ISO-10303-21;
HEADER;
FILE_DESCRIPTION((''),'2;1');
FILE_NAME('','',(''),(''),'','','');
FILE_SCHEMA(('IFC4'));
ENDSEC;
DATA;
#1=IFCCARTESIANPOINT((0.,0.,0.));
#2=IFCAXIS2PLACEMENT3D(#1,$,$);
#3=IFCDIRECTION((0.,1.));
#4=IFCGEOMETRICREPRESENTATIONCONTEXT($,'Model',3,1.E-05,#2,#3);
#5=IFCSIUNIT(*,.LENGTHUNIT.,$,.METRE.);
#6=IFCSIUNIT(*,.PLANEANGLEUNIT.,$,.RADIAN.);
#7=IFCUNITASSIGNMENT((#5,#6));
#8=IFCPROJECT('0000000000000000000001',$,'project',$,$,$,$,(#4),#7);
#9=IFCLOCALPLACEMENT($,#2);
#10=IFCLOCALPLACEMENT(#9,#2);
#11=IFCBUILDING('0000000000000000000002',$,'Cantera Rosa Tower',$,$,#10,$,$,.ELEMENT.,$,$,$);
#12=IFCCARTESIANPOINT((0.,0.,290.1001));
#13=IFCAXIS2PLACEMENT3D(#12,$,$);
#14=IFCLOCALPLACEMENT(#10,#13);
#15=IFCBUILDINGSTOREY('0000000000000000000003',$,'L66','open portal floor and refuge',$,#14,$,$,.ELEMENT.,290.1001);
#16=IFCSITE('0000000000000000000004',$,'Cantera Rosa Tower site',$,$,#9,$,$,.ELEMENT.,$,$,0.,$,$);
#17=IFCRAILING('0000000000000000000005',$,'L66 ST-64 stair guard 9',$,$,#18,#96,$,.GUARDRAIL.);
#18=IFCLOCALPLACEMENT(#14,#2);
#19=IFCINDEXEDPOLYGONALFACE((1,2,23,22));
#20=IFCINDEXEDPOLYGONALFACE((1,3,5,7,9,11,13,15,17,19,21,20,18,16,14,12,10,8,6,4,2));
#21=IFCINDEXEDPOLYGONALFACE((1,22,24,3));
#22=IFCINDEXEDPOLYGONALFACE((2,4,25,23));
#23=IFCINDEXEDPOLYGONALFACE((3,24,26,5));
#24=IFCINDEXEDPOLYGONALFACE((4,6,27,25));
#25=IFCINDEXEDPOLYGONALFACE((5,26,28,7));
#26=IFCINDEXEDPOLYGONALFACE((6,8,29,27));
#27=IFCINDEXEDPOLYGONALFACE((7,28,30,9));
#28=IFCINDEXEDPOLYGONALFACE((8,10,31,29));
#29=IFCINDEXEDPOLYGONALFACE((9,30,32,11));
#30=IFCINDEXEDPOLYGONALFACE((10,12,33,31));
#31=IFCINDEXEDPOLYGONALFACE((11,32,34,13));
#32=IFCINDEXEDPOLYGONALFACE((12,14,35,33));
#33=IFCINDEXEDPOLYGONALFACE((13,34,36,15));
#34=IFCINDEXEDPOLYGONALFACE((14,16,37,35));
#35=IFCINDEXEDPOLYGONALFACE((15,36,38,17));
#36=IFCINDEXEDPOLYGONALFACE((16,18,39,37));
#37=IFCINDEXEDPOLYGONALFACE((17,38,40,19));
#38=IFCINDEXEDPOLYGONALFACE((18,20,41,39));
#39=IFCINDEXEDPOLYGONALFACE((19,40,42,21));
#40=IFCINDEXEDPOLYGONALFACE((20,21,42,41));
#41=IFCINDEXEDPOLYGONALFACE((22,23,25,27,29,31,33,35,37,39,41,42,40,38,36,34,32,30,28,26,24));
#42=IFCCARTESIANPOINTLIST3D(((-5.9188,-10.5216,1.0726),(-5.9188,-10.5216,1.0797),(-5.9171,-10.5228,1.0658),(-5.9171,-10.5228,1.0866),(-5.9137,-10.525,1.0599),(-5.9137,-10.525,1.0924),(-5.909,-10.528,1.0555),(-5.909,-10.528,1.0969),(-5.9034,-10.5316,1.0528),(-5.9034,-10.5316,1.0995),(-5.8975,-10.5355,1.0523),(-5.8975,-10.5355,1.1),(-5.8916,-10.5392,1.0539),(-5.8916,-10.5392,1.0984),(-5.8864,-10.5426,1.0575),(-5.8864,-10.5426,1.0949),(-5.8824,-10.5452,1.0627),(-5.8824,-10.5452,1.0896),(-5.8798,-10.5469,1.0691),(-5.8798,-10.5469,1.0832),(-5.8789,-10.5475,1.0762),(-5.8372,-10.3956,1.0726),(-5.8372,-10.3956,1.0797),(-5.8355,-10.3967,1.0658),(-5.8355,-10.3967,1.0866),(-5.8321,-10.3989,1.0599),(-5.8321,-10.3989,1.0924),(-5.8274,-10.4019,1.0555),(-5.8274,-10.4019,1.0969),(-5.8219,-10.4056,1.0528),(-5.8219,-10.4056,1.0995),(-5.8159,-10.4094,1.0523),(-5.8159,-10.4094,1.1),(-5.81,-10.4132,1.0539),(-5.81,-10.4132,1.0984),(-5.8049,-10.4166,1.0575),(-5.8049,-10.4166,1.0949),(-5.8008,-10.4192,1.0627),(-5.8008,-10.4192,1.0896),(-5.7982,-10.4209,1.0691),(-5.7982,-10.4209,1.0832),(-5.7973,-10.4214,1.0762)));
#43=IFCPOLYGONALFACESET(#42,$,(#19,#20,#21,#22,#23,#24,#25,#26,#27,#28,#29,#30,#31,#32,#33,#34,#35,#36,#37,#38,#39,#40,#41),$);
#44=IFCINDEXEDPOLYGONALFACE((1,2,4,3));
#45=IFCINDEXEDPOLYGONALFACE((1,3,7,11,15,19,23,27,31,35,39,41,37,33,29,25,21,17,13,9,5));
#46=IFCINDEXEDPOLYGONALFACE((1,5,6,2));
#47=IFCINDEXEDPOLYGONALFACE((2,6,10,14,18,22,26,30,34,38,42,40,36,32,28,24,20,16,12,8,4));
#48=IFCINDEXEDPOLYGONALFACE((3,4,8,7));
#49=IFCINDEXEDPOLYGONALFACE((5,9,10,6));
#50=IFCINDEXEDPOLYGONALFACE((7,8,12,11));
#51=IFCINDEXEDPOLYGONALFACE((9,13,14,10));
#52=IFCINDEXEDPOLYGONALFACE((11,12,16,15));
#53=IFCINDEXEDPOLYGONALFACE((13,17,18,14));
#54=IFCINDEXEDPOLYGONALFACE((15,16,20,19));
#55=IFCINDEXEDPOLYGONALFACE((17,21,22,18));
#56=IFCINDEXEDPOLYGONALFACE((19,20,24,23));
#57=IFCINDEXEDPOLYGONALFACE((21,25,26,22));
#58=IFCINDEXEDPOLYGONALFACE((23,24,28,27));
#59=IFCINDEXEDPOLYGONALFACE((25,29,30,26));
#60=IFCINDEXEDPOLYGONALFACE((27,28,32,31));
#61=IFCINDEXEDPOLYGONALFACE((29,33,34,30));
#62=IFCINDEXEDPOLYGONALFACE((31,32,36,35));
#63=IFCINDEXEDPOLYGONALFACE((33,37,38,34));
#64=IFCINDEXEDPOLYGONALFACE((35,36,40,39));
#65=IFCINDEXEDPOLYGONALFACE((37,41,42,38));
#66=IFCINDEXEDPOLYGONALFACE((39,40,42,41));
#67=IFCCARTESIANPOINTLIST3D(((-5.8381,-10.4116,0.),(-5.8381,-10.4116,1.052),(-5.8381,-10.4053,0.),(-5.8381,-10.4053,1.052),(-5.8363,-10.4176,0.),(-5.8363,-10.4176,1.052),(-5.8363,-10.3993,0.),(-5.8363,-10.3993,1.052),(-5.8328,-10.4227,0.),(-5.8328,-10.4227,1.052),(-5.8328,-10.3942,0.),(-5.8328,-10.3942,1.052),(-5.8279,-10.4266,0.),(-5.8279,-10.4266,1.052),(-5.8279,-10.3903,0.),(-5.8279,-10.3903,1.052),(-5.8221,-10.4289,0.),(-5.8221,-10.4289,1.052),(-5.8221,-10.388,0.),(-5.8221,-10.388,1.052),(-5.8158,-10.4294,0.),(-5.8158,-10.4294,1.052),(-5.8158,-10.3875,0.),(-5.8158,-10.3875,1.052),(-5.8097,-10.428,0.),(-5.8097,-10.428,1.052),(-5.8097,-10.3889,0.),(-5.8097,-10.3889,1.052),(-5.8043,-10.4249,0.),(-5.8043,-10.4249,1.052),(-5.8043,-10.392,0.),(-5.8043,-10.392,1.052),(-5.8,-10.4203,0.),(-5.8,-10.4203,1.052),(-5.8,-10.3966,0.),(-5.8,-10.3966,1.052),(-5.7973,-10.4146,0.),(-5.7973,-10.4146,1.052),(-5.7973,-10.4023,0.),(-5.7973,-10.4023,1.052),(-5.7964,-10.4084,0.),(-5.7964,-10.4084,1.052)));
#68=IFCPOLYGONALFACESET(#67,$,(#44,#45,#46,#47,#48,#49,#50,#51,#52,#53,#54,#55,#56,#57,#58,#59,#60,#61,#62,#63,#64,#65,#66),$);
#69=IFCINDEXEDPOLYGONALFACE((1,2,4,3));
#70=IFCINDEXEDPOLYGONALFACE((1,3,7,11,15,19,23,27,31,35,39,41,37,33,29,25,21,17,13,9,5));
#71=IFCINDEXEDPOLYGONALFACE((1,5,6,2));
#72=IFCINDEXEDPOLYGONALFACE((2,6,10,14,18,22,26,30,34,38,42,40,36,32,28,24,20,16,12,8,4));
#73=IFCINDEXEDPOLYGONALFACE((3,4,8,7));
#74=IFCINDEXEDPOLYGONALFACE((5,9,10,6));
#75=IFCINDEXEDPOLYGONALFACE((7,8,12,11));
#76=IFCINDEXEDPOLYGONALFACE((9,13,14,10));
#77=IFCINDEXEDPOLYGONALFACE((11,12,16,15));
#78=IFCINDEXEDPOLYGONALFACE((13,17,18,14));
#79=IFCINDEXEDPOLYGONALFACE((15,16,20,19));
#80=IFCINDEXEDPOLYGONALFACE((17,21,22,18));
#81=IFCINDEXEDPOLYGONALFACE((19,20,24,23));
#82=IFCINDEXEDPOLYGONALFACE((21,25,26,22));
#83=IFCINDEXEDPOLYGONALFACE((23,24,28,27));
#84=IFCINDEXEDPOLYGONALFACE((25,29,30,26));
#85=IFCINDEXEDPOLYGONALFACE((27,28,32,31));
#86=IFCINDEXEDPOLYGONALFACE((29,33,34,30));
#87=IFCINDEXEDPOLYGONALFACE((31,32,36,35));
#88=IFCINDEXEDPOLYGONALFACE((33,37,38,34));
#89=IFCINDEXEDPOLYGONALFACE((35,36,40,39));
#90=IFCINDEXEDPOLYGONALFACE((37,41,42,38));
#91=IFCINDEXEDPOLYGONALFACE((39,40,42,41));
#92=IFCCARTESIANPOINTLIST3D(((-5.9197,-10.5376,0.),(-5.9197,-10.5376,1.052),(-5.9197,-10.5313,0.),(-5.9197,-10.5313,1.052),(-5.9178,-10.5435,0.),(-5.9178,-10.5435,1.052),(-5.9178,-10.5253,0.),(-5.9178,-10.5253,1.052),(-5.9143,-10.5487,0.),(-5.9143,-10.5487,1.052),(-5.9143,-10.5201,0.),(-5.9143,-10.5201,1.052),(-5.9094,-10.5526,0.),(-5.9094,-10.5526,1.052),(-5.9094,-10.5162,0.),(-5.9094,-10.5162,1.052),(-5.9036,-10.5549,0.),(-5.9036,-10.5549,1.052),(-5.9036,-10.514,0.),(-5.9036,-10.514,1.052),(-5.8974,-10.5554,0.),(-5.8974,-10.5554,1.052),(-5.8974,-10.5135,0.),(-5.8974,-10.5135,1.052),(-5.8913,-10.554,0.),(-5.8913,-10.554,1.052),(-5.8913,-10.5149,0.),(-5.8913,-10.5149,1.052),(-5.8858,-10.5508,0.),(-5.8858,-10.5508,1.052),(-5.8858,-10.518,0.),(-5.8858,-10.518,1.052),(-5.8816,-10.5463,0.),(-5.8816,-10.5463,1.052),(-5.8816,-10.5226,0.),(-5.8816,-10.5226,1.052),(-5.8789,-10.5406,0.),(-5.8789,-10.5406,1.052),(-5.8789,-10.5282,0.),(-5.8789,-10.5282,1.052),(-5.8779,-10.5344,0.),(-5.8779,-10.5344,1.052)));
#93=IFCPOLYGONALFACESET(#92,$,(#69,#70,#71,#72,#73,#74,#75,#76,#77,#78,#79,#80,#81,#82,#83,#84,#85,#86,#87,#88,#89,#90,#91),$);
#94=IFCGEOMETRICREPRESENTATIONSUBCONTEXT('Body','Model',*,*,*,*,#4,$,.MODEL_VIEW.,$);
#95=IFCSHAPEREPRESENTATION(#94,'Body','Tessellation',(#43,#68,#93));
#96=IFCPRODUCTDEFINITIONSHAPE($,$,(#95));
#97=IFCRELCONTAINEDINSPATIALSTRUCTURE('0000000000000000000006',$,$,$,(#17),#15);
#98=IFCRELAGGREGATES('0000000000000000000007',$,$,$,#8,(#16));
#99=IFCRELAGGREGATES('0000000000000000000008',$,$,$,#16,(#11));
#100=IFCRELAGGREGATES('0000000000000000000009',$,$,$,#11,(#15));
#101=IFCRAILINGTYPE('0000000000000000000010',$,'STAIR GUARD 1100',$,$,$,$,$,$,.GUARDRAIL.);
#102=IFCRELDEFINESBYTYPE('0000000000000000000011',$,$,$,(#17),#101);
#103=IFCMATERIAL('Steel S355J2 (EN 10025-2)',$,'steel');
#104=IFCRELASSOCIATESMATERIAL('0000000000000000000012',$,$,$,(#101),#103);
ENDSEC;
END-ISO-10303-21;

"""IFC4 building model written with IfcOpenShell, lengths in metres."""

from ifc_helpers import new_model, si_unit, direction, frame, origin, origin_2d, place, context, subcontext, project, spatial, circle, extrude, material, type_object, element, save


model = new_model("IFC4")

# Units and contexts
model_context = context("Model", 3, precision=1e-05, world=origin(), true_north=direction((0.0, 1.0)))
body_context = subcontext(model_context, "Body", "Model", "MODEL_VIEW")
ifc_project = project(units=[si_unit("LENGTHUNIT", "METRE"), si_unit("PLANEANGLEUNIT", "RADIAN")], contexts=[model_context])

# Site, building, storey
site_placement = place(None, origin())
site = spatial("IfcSite", under=ifc_project, at=site_placement, Name="Cantera Rosa Tower site", CompositionType="ELEMENT", RefElevation=0.0)
building_placement = place(site_placement, origin())
building = spatial("IfcBuilding", under=site, at=building_placement, Name="Cantera Rosa Tower", CompositionType="ELEMENT")
storey_placement = place(building_placement, frame((0.0, 0.0, 290.1001)))
storey = spatial("IfcBuildingStorey", under=building, at=storey_placement, Name="L66", Description="open portal floor and refuge", CompositionType="ELEMENT", Elevation=290.1001)

# Railing
ifc_material_1 = material(Name="Steel S355J2 (EN 10025-2)", Category="steel")
railing_type_1 = type_object("IfcRailingType", Name="STAIR GUARD 1100", PredefinedType="GUARDRAIL", material=ifc_material_1)
railing_1_placement = place(storey_placement, frame((-5.8174, -10.4084, 0.0)))
element("IfcRailing", 1, at=railing_1_placement, inside=storey, type_object=railing_type_1, Name="L66 ST-64 stair guard 9", PredefinedType="GUARDRAIL", context=body_context, shape_type="SweptSolid", body=[
    extrude(circle(Radius=0.0239, at=origin_2d()), frame((0.0, 0.0, 1.0762), z_axis=(-0.543386, -0.839483, 0.0), x_axis=(0.839483, -0.543386, 0.0)), (0.0, 0.0, 1.0), 0.1501),
    extrude(circle(Radius=0.021, at=origin_2d()), origin(), (0.0, 0.0, 1.0), 1.052),
    extrude(circle(Radius=0.021, at=origin_2d()), frame((-0.0815, -0.126, 0.0)), (0.0, 0.0, 1.0), 1.052),
])

save(model, "model.ifc")
